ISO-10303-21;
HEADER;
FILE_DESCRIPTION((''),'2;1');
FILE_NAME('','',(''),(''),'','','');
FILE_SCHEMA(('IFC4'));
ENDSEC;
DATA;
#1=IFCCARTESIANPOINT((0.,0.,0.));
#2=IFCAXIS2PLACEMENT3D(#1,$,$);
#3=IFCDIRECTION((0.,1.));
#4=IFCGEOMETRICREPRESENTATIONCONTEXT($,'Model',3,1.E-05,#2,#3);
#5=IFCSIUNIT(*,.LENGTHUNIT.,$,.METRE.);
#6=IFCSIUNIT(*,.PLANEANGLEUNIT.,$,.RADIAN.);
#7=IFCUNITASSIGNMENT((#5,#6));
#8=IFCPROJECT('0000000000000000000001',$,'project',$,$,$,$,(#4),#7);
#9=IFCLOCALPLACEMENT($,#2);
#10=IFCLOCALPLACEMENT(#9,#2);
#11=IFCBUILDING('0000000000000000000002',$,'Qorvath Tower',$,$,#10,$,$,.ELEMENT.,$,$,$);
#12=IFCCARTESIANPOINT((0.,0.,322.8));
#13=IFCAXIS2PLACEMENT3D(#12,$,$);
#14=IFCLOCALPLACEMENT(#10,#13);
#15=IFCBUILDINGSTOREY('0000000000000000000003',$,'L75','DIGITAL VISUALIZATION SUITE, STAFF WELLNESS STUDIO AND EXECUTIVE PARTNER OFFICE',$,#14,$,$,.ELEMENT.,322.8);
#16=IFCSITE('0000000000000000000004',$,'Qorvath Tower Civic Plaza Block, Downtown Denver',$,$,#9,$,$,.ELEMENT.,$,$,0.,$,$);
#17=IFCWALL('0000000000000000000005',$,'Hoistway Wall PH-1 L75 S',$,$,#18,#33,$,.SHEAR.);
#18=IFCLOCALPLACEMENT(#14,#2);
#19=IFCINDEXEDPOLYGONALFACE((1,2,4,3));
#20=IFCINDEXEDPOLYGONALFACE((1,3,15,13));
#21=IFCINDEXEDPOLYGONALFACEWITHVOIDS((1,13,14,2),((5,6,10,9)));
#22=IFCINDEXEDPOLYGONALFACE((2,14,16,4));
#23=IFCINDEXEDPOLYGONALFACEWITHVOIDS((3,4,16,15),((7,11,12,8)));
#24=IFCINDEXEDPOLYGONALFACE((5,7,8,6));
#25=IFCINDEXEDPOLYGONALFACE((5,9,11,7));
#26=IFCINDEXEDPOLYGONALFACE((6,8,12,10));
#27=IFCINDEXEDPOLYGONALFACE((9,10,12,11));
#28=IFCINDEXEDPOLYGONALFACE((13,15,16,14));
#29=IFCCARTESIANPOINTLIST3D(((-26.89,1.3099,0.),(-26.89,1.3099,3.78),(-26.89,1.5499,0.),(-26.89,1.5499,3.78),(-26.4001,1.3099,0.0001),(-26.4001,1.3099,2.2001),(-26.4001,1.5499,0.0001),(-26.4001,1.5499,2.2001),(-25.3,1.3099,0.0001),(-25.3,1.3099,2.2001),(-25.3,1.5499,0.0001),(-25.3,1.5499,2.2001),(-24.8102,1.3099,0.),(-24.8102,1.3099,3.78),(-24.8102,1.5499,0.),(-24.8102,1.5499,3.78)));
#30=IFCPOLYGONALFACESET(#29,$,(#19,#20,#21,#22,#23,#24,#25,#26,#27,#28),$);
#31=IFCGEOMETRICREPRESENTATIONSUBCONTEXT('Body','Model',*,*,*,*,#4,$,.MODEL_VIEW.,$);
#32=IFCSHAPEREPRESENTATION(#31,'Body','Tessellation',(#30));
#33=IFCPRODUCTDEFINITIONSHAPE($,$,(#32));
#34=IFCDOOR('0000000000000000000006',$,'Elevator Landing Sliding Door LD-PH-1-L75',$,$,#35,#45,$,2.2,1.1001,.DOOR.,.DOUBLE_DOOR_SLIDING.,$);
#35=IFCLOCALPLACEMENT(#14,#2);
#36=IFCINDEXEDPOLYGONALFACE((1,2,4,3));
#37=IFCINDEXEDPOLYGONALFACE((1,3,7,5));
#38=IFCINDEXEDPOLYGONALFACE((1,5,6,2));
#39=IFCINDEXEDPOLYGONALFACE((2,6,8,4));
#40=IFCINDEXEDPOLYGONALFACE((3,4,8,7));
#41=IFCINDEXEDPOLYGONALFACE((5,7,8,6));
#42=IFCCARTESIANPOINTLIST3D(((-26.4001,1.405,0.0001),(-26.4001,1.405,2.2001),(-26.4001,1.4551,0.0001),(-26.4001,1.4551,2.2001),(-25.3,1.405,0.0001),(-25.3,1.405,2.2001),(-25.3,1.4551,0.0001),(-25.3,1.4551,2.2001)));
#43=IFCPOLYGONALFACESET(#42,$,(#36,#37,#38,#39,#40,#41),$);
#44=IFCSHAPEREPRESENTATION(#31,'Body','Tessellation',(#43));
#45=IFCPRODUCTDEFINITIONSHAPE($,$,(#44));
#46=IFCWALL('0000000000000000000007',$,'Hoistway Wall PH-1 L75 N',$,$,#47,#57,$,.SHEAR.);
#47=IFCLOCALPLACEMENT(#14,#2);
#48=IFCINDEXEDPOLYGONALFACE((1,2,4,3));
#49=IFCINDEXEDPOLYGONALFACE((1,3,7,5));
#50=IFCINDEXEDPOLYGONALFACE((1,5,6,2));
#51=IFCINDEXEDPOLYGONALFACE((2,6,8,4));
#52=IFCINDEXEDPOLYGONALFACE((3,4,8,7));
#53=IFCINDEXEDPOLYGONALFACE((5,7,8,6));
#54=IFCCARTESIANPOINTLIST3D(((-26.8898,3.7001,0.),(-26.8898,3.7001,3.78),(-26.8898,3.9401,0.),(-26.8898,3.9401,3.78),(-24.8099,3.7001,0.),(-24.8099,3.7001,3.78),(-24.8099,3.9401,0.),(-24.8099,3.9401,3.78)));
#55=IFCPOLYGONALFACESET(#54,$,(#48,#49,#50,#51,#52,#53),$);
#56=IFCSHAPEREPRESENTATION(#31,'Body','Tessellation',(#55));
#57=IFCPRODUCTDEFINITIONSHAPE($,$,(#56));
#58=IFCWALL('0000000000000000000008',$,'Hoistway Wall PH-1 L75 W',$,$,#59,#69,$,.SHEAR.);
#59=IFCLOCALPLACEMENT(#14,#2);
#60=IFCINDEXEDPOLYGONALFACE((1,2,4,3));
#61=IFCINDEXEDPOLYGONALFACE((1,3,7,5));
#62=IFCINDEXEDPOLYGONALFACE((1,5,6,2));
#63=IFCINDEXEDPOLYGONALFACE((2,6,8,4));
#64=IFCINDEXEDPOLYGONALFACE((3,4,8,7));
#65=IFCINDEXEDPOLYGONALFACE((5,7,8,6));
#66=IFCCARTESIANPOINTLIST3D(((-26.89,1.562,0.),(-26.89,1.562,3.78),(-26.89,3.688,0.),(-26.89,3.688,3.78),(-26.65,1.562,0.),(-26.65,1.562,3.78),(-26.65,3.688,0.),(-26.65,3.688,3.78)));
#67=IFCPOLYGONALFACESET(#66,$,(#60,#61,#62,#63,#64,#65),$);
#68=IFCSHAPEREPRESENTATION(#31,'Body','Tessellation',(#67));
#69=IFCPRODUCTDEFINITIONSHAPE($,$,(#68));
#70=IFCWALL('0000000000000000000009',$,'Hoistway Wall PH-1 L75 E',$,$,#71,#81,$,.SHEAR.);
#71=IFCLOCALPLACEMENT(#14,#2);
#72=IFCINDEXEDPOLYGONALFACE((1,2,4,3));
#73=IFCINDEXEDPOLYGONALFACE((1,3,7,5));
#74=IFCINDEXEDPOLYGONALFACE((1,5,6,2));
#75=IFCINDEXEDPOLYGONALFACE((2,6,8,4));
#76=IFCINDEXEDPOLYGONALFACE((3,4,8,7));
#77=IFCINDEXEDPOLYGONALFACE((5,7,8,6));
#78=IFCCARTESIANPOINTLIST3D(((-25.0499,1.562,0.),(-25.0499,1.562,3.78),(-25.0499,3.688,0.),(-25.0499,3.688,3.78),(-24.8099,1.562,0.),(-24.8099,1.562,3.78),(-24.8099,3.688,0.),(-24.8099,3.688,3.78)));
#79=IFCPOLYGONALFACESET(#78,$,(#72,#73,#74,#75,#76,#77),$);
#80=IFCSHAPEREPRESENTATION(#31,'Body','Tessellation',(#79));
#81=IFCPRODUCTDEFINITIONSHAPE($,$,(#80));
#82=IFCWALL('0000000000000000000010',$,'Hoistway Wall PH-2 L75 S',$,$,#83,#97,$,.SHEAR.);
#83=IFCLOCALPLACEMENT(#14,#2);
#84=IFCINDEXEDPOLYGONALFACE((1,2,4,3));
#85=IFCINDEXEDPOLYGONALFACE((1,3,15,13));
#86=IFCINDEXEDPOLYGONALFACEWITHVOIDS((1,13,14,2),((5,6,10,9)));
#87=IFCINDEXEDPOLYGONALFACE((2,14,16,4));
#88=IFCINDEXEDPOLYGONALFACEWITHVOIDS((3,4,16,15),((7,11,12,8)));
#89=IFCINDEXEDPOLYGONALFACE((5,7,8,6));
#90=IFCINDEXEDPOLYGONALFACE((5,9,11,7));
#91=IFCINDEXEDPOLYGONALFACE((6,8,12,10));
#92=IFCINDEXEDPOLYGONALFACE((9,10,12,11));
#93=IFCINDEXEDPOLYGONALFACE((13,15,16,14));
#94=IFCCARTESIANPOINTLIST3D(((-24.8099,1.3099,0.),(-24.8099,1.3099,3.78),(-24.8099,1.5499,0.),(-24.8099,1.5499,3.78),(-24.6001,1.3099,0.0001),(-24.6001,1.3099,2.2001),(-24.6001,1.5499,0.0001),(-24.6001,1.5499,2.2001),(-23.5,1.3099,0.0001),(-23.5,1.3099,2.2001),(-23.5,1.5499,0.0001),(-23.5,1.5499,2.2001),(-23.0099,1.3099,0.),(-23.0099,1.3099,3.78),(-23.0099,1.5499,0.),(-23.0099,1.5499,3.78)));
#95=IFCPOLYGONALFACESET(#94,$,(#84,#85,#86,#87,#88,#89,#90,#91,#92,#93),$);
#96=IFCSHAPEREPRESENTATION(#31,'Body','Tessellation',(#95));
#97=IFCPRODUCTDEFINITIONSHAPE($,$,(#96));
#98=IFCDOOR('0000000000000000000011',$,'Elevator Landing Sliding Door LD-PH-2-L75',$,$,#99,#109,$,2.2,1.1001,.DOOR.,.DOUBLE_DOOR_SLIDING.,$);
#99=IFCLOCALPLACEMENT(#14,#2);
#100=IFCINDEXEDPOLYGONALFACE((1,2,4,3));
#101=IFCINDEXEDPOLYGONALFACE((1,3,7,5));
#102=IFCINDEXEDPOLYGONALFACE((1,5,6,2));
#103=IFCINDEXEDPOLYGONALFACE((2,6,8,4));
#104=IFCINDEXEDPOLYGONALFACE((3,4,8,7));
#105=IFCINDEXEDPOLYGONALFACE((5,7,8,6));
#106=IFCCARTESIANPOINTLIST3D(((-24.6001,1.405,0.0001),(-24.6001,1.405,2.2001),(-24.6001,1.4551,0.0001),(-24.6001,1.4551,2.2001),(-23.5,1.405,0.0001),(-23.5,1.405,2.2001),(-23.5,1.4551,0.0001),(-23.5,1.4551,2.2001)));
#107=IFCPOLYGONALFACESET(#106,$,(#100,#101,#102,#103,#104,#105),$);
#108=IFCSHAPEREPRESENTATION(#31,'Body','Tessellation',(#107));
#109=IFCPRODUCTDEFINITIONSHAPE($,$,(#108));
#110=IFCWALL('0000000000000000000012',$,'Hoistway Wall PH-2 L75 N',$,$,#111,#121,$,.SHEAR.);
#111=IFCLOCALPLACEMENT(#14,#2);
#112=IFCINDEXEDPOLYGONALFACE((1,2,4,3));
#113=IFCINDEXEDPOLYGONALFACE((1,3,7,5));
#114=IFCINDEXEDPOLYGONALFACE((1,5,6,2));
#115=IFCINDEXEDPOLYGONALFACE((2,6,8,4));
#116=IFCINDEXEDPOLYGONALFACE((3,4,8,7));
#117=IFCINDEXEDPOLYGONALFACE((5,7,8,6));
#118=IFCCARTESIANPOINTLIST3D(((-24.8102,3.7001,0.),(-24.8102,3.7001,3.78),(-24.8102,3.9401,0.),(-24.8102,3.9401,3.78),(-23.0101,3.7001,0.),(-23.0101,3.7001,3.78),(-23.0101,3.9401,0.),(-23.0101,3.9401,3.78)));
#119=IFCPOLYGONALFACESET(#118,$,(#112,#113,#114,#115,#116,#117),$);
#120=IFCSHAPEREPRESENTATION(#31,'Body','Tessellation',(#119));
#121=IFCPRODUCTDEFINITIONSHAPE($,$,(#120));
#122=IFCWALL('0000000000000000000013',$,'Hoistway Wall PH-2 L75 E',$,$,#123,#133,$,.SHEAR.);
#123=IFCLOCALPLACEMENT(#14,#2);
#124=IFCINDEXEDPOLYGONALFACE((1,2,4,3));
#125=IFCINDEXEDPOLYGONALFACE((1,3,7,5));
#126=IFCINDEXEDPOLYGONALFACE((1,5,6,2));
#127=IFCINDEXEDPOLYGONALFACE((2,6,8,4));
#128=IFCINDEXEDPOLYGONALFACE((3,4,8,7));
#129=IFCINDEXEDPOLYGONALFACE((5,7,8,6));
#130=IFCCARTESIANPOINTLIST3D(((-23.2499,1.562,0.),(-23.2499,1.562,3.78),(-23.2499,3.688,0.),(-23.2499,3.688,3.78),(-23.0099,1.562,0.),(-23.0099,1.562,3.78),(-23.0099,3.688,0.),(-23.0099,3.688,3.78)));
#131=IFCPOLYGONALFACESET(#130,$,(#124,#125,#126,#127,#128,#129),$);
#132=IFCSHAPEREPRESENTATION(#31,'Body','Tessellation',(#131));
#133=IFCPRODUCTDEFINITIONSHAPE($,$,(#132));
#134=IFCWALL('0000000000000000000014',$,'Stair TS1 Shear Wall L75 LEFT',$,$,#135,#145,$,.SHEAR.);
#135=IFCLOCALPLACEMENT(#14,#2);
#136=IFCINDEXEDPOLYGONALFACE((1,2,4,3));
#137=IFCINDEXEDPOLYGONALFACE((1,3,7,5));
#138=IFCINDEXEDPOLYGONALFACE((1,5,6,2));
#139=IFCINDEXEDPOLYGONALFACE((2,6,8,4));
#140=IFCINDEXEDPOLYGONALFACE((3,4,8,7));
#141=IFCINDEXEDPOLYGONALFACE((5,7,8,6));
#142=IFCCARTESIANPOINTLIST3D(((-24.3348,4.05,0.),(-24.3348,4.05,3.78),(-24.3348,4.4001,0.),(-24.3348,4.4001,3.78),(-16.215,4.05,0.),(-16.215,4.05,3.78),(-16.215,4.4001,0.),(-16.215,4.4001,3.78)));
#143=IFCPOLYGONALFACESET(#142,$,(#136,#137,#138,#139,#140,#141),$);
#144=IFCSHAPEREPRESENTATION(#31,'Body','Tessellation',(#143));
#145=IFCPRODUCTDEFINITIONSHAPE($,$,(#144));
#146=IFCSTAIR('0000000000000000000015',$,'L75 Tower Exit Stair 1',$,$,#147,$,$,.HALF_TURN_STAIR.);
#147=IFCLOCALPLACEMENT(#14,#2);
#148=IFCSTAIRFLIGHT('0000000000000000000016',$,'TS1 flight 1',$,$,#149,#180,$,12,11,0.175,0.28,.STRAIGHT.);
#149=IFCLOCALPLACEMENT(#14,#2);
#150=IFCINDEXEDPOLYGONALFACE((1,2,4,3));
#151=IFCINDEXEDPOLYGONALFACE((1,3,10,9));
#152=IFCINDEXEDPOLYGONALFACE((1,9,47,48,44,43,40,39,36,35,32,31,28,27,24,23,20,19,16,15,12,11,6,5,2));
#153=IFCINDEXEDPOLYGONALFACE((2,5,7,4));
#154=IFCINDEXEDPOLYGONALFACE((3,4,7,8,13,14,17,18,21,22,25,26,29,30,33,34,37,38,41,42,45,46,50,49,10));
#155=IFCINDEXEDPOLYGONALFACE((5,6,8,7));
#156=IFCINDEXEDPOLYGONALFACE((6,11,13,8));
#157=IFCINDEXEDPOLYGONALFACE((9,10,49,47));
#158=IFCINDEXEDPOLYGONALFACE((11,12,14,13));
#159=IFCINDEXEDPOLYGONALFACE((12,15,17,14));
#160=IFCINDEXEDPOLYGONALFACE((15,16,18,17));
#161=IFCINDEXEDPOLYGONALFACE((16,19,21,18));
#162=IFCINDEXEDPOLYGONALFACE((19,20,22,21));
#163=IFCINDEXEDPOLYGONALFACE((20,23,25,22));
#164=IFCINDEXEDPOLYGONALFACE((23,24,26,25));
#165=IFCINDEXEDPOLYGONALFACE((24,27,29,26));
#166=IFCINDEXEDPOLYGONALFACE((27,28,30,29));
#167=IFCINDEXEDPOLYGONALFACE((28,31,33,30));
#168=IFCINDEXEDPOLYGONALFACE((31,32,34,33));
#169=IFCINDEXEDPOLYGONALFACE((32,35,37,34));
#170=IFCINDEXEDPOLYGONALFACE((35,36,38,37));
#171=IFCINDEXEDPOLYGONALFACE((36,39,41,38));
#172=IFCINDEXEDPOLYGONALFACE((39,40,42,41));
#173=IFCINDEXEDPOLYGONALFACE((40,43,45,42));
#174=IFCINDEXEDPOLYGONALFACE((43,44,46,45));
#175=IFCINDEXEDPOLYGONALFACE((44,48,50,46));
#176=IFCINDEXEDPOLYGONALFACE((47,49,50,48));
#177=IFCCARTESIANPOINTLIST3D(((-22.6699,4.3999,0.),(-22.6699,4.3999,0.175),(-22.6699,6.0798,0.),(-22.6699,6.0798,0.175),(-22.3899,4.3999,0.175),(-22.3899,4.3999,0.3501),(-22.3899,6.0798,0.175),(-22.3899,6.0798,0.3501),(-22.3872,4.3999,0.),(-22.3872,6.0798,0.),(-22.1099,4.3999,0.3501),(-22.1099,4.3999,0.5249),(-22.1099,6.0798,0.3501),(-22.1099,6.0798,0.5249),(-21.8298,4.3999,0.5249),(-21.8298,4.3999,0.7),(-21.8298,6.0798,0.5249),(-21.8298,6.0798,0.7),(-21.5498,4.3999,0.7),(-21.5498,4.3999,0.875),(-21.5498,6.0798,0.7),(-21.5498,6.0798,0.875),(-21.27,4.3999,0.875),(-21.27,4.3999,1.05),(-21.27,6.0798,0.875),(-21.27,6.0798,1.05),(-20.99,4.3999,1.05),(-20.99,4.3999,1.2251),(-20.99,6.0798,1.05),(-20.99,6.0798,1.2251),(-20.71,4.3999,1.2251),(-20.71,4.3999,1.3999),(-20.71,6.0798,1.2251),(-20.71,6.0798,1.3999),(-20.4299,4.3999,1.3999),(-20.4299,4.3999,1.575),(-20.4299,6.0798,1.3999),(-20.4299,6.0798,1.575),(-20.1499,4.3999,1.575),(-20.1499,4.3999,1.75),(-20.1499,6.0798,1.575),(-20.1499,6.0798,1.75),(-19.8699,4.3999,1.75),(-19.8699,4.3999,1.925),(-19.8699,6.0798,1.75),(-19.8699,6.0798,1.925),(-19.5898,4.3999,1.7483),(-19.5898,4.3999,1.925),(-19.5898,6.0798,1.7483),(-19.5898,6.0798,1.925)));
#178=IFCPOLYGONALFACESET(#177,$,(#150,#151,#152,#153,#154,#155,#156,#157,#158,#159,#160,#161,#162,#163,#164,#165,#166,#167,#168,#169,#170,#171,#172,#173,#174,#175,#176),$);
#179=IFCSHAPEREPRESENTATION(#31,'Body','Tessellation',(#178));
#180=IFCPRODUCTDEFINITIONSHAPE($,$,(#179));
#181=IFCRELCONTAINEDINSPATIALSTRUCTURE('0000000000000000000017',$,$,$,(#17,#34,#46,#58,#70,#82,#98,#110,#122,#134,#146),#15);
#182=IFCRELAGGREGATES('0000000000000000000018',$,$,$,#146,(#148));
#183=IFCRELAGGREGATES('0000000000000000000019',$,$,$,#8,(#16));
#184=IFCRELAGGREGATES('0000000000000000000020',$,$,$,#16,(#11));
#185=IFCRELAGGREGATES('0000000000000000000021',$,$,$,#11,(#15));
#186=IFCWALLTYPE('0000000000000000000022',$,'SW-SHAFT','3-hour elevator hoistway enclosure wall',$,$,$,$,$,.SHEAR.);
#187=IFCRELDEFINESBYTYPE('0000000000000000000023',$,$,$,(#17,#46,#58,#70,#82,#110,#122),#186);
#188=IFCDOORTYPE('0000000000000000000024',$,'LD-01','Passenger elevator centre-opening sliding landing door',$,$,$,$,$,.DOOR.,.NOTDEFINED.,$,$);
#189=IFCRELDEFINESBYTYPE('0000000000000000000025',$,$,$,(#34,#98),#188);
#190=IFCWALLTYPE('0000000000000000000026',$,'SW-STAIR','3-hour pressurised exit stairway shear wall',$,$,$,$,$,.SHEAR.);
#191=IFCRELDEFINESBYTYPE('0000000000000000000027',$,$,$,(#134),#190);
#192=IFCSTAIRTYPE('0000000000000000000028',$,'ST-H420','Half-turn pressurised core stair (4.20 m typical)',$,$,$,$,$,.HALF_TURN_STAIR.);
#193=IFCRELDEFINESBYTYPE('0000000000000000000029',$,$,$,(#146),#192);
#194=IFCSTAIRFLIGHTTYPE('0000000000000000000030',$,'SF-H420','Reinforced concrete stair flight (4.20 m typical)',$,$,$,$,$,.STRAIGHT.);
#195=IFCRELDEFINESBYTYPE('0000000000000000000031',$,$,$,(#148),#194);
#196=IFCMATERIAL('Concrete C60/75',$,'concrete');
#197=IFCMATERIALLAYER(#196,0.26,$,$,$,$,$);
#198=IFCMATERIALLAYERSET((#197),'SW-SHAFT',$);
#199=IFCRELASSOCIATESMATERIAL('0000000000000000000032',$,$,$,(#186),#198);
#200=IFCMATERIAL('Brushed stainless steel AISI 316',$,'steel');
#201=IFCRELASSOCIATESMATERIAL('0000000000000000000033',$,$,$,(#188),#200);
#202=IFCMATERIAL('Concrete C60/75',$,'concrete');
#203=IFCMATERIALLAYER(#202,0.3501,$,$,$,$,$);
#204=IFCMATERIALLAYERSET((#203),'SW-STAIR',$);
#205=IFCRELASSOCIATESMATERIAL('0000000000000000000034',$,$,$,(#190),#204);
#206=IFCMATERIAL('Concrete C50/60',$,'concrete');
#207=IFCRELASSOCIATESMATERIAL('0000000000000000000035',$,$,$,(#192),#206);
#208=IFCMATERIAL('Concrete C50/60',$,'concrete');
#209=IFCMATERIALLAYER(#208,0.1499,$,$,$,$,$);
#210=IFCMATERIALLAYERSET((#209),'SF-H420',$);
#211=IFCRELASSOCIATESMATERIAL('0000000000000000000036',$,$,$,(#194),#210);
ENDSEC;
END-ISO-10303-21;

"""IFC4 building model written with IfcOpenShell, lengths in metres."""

from ifc_helpers import new_model, si_unit, direction, frame, frame_2d, origin, place, context, subcontext, project, spatial, polyline, rectangle, outline, extrude, material, layer, layer_set, type_object, element, fill, aggregate, save


model = new_model("IFC4")

# Units and contexts
model_context = context("Model", 3, precision=1e-05, world=origin(), true_north=direction((0.0, 1.0)))
body_context = subcontext(model_context, "Body", "Model", "MODEL_VIEW")
ifc_project = project(units=[si_unit("LENGTHUNIT", "METRE"), si_unit("PLANEANGLEUNIT", "RADIAN")], contexts=[model_context])

# Site, building, storey
site_placement = place(None, origin())
site = spatial("IfcSite", under=ifc_project, at=site_placement, Name="Qorvath Tower Civic Plaza Block, Downtown Denver", CompositionType="ELEMENT", RefElevation=0.0)
building_placement = place(site_placement, origin())
building = spatial("IfcBuilding", under=site, at=building_placement, Name="Qorvath Tower", CompositionType="ELEMENT")
storey_placement = place(building_placement, frame((0.0, 0.0, 322.8)))
storey = spatial("IfcBuildingStorey", under=building, at=storey_placement, Name="L75", Description="DIGITAL VISUALIZATION SUITE, STAFF WELLNESS STUDIO AND EXECUTIVE PARTNER OFFICE", CompositionType="ELEMENT", Elevation=322.8)

# Shared definitions
ifc_material_1 = material(Name="Concrete C60/75", Category="concrete")
ifc_layer_1 = layer(ifc_material_1, 0.26)
ifc_layer_set_1 = layer_set([ifc_layer_1], Name="SW-SHAFT")
wall_type_1 = type_object("IfcWallType", Name="SW-SHAFT", Description="3-hour elevator hoistway enclosure wall", PredefinedType="SHEAR", material=ifc_layer_set_1)

# Wall, opening, door
wall_1_placement = place(storey_placement, frame((-24.8101, 1.4299, 0.0), z_axis=(0.0, 0.0, 1.0), x_axis=(-1.0, 0.0, 0.0)))
wall_1 = element("IfcWall", 1, at=wall_1_placement, inside=storey, type_object=wall_type_1, Name="Hoistway Wall PH-1 L75 S", PredefinedType="SHEAR", context=body_context, shape_type="SweptSolid", body=[
    extrude(rectangle(XDim=2.0798, YDim=0.24, at=frame_2d((1.04, 0.0))), origin(), (0.0, 0.0, 1.0), 3.78),
])
opening_1_placement = place(wall_1_placement, frame((0.49, 0.0, 0.0)))
opening_1 = element("IfcOpeningElement", 2, at=opening_1_placement, cuts=wall_1, PredefinedType="OPENING", context=body_context, shape_type="SweptSolid", body=[
    extrude(rectangle(XDim=1.1001, YDim=2.2, at=frame_2d((0.55, 1.1001))), frame((0.0, 0.1299, 0.0), z_axis=(0.0, -1.0, 0.0), x_axis=(1.0, 0.0, 0.0)), (0.0, 0.0, 1.0), 0.26),
])
ifc_material_2 = material(Name="Brushed stainless steel AISI 316", Category="steel")
door_type_1 = type_object("IfcDoorType", Name="LD-01", Description="Passenger elevator centre-opening sliding landing door", OperationType="NOTDEFINED", PredefinedType="DOOR", material=ifc_material_2)
door_1_placement = place(opening_1_placement, origin())
door_1 = element("IfcDoor", 3, at=door_1_placement, inside=storey, type_object=door_type_1, Name="Elevator Landing Sliding Door LD-PH-1-L75", OperationType="DOUBLE_DOOR_SLIDING", OverallHeight=2.2, OverallWidth=1.1001, PredefinedType="DOOR", context=body_context, shape_type="SweptSolid", body=[
    extrude(rectangle(XDim=1.1001, YDim=2.2, at=frame_2d((0.55, 1.1001))), frame((0.0, 0.0249, 0.0), z_axis=(0.0, -1.0, 0.0), x_axis=(1.0, 0.0, 0.0)), (0.0, 0.0, 1.0), 0.05),
])
fill(opening_1, door_1)

# Walls
wall_2_placement = place(storey_placement, frame((-26.8899, 3.8201, 0.0), z_axis=(0.0, 0.0, 1.0), x_axis=(1.0, 0.0, 0.0)))
element("IfcWall", 4, at=wall_2_placement, inside=storey, type_object=wall_type_1, Name="Hoistway Wall PH-1 L75 N", PredefinedType="SHEAR", context=body_context, shape_type="SweptSolid", body=[
    extrude(rectangle(XDim=2.0798, YDim=0.24, at=frame_2d((1.04, 0.0))), origin(), (0.0, 0.0, 1.0), 3.78),
])
for number, where, z_axis, x_axis, name in (
    (5, (-26.77, 1.562, 0.0), (0.0, 0.0, 1.0), (0.0, 1.0, 0.0), "Hoistway Wall PH-1 L75 W"),
    (6, (-24.9299, 3.688, 0.0), (0.0, 0.0, 1.0), (0.0, -1.0, 0.0), "Hoistway Wall PH-1 L75 E"),
):
    element("IfcWall", number, at=place(storey_placement, frame(where, z_axis=z_axis, x_axis=x_axis)), inside=storey, type_object=wall_type_1, Name=name, PredefinedType="SHEAR", context=body_context, shape_type="SweptSolid", body=[
        extrude(rectangle(XDim=2.126, YDim=0.24, at=frame_2d((1.063, 0.0))), origin(), (0.0, 0.0, 1.0), 3.78),
    ])

# Wall, opening, door
wall_3_placement = place(storey_placement, frame((-23.01, 1.4299, 0.0), z_axis=(0.0, 0.0, 1.0), x_axis=(-1.0, 0.0, 0.0)))
wall_3 = element("IfcWall", 7, at=wall_3_placement, inside=storey, type_object=wall_type_1, Name="Hoistway Wall PH-2 L75 S", PredefinedType="SHEAR", context=body_context, shape_type="SweptSolid", body=[
    extrude(rectangle(XDim=1.8, YDim=0.24, at=frame_2d((0.8999, 0.0))), origin(), (0.0, 0.0, 1.0), 3.78),
])
opening_2_placement = place(wall_3_placement, frame((0.49, 0.0, 0.0)))
opening_2 = element("IfcOpeningElement", 8, at=opening_2_placement, cuts=wall_3, PredefinedType="OPENING", context=body_context, shape_type="SweptSolid", body=[
    extrude(rectangle(XDim=1.1001, YDim=2.2, at=frame_2d((0.55, 1.1001))), frame((0.0, 0.1299, 0.0), z_axis=(0.0, -1.0, 0.0), x_axis=(1.0, 0.0, 0.0)), (0.0, 0.0, 1.0), 0.26),
])
door_2_placement = place(opening_2_placement, origin())
door_2 = element("IfcDoor", 9, at=door_2_placement, inside=storey, type_object=door_type_1, Name="Elevator Landing Sliding Door LD-PH-2-L75", OperationType="DOUBLE_DOOR_SLIDING", OverallHeight=2.2, OverallWidth=1.1001, PredefinedType="DOOR", context=body_context, shape_type="SweptSolid", body=[
    extrude(rectangle(XDim=1.1001, YDim=2.2, at=frame_2d((0.55, 1.1001))), frame((0.0, 0.0249, 0.0), z_axis=(0.0, -1.0, 0.0), x_axis=(1.0, 0.0, 0.0)), (0.0, 0.0, 1.0), 0.05),
])
fill(opening_2, door_2)

# Walls
wall_4_placement = place(storey_placement, frame((-24.8101, 3.8201, 0.0), z_axis=(0.0, 0.0, 1.0), x_axis=(1.0, 0.0, 0.0)))
element("IfcWall", 10, at=wall_4_placement, inside=storey, type_object=wall_type_1, Name="Hoistway Wall PH-2 L75 N", PredefinedType="SHEAR", context=body_context, shape_type="SweptSolid", body=[
    extrude(rectangle(XDim=1.8, YDim=0.24, at=frame_2d((0.8999, 0.0))), origin(), (0.0, 0.0, 1.0), 3.78),
])
wall_5_placement = place(storey_placement, frame((-23.1299, 3.688, 0.0), z_axis=(0.0, 0.0, 1.0), x_axis=(0.0, -1.0, 0.0)))
element("IfcWall", 11, at=wall_5_placement, inside=storey, type_object=wall_type_1, Name="Hoistway Wall PH-2 L75 E", PredefinedType="SHEAR", context=body_context, shape_type="SweptSolid", body=[
    extrude(rectangle(XDim=2.126, YDim=0.24, at=frame_2d((1.063, 0.0))), origin(), (0.0, 0.0, 1.0), 3.78),
])
ifc_material_3 = material(Name="Concrete C60/75", Category="concrete")
ifc_layer_2 = layer(ifc_material_3, 0.3501)
ifc_layer_set_2 = layer_set([ifc_layer_2], Name="SW-STAIR")
wall_type_2 = type_object("IfcWallType", Name="SW-STAIR", Description="3-hour pressurised exit stairway shear wall", PredefinedType="SHEAR", material=ifc_layer_set_2)
wall_6_placement = place(storey_placement, frame((-24.335, 4.2251, 0.0), z_axis=(0.0, 0.0, 1.0), x_axis=(1.0, 0.0, 0.0)))
element("IfcWall", 12, at=wall_6_placement, inside=storey, type_object=wall_type_2, Name="Stair TS1 Shear Wall L75 LEFT", PredefinedType="SHEAR", context=body_context, shape_type="SweptSolid", body=[
    extrude(rectangle(XDim=8.1199, YDim=0.3501, at=frame_2d((4.0601, 0.0))), origin(), (0.0, 0.0, 1.0), 3.78),
])

# Stair, stair flight
ifc_material_4 = material(Name="Concrete C50/60", Category="concrete")
stair_type = type_object("IfcStairType", Name="ST-H420", Description="Half-turn pressurised core stair (4.20 m typical)", PredefinedType="HALF_TURN_STAIR", material=ifc_material_4)
stair_placement = place(storey_placement, origin())
stair = element("IfcStair", 13, at=stair_placement, inside=storey, type_object=stair_type, Name="L75 Tower Exit Stair 1", PredefinedType="HALF_TURN_STAIR")
ifc_material_5 = material(Name="Concrete C50/60", Category="concrete")
ifc_layer_3 = layer(ifc_material_5, 0.1499)
ifc_layer_set_3 = layer_set([ifc_layer_3], Name="SF-H420")
stair_flight_type = type_object("IfcStairFlightType", Name="SF-H420", Description="Reinforced concrete stair flight (4.20 m typical)", PredefinedType="STRAIGHT", material=ifc_layer_set_3)
stair_flight_1_placement = place(storey_placement, frame((-22.6699, 5.24, 0.0), z_axis=(0.0, 0.0, 1.0), x_axis=(1.0, 0.0, 0.0)))
stair_flight_1 = element("IfcStairFlight", 14, at=stair_flight_1_placement, type_object=stair_flight_type, Name="TS1 flight 1", NumberOfRisers=12, NumberOfTreads=11, PredefinedType="STRAIGHT", RiserHeight=0.175, TreadLength=0.28, context=body_context, shape_type="SweptSolid", body=[
    extrude(outline(polyline([(0.0, 0.0), (0.0, 0.175), (0.28, 0.175), (0.28, 0.3501), (0.5601, 0.3501), (0.5601, 0.5249), (0.8401, 0.5249), (0.8401, 0.7), (1.1201, 0.7), (1.1201, 0.875), (1.3999, 0.875), (1.3999, 1.05), (1.6799, 1.05), (1.6799, 1.2251), (1.96, 1.2251), (1.96, 1.3999), (2.24, 1.3999), (2.24, 1.575), (2.52, 1.575), (2.52, 1.75), (2.8, 1.75), (2.8, 1.925), (3.0801, 1.925), (3.0801, 2.1001), (3.0801, 1.7483), (0.2827, 0.0), (0.0, 0.0)])), frame((0.0, 0.8398, 0.0), z_axis=(0.0, -1.0, 0.0), x_axis=(1.0, 0.0, 0.0)), (0.0, 0.0, 1.0), 1.6799),
])
aggregate(stair, [stair_flight_1])

save(model, "model.ifc")
